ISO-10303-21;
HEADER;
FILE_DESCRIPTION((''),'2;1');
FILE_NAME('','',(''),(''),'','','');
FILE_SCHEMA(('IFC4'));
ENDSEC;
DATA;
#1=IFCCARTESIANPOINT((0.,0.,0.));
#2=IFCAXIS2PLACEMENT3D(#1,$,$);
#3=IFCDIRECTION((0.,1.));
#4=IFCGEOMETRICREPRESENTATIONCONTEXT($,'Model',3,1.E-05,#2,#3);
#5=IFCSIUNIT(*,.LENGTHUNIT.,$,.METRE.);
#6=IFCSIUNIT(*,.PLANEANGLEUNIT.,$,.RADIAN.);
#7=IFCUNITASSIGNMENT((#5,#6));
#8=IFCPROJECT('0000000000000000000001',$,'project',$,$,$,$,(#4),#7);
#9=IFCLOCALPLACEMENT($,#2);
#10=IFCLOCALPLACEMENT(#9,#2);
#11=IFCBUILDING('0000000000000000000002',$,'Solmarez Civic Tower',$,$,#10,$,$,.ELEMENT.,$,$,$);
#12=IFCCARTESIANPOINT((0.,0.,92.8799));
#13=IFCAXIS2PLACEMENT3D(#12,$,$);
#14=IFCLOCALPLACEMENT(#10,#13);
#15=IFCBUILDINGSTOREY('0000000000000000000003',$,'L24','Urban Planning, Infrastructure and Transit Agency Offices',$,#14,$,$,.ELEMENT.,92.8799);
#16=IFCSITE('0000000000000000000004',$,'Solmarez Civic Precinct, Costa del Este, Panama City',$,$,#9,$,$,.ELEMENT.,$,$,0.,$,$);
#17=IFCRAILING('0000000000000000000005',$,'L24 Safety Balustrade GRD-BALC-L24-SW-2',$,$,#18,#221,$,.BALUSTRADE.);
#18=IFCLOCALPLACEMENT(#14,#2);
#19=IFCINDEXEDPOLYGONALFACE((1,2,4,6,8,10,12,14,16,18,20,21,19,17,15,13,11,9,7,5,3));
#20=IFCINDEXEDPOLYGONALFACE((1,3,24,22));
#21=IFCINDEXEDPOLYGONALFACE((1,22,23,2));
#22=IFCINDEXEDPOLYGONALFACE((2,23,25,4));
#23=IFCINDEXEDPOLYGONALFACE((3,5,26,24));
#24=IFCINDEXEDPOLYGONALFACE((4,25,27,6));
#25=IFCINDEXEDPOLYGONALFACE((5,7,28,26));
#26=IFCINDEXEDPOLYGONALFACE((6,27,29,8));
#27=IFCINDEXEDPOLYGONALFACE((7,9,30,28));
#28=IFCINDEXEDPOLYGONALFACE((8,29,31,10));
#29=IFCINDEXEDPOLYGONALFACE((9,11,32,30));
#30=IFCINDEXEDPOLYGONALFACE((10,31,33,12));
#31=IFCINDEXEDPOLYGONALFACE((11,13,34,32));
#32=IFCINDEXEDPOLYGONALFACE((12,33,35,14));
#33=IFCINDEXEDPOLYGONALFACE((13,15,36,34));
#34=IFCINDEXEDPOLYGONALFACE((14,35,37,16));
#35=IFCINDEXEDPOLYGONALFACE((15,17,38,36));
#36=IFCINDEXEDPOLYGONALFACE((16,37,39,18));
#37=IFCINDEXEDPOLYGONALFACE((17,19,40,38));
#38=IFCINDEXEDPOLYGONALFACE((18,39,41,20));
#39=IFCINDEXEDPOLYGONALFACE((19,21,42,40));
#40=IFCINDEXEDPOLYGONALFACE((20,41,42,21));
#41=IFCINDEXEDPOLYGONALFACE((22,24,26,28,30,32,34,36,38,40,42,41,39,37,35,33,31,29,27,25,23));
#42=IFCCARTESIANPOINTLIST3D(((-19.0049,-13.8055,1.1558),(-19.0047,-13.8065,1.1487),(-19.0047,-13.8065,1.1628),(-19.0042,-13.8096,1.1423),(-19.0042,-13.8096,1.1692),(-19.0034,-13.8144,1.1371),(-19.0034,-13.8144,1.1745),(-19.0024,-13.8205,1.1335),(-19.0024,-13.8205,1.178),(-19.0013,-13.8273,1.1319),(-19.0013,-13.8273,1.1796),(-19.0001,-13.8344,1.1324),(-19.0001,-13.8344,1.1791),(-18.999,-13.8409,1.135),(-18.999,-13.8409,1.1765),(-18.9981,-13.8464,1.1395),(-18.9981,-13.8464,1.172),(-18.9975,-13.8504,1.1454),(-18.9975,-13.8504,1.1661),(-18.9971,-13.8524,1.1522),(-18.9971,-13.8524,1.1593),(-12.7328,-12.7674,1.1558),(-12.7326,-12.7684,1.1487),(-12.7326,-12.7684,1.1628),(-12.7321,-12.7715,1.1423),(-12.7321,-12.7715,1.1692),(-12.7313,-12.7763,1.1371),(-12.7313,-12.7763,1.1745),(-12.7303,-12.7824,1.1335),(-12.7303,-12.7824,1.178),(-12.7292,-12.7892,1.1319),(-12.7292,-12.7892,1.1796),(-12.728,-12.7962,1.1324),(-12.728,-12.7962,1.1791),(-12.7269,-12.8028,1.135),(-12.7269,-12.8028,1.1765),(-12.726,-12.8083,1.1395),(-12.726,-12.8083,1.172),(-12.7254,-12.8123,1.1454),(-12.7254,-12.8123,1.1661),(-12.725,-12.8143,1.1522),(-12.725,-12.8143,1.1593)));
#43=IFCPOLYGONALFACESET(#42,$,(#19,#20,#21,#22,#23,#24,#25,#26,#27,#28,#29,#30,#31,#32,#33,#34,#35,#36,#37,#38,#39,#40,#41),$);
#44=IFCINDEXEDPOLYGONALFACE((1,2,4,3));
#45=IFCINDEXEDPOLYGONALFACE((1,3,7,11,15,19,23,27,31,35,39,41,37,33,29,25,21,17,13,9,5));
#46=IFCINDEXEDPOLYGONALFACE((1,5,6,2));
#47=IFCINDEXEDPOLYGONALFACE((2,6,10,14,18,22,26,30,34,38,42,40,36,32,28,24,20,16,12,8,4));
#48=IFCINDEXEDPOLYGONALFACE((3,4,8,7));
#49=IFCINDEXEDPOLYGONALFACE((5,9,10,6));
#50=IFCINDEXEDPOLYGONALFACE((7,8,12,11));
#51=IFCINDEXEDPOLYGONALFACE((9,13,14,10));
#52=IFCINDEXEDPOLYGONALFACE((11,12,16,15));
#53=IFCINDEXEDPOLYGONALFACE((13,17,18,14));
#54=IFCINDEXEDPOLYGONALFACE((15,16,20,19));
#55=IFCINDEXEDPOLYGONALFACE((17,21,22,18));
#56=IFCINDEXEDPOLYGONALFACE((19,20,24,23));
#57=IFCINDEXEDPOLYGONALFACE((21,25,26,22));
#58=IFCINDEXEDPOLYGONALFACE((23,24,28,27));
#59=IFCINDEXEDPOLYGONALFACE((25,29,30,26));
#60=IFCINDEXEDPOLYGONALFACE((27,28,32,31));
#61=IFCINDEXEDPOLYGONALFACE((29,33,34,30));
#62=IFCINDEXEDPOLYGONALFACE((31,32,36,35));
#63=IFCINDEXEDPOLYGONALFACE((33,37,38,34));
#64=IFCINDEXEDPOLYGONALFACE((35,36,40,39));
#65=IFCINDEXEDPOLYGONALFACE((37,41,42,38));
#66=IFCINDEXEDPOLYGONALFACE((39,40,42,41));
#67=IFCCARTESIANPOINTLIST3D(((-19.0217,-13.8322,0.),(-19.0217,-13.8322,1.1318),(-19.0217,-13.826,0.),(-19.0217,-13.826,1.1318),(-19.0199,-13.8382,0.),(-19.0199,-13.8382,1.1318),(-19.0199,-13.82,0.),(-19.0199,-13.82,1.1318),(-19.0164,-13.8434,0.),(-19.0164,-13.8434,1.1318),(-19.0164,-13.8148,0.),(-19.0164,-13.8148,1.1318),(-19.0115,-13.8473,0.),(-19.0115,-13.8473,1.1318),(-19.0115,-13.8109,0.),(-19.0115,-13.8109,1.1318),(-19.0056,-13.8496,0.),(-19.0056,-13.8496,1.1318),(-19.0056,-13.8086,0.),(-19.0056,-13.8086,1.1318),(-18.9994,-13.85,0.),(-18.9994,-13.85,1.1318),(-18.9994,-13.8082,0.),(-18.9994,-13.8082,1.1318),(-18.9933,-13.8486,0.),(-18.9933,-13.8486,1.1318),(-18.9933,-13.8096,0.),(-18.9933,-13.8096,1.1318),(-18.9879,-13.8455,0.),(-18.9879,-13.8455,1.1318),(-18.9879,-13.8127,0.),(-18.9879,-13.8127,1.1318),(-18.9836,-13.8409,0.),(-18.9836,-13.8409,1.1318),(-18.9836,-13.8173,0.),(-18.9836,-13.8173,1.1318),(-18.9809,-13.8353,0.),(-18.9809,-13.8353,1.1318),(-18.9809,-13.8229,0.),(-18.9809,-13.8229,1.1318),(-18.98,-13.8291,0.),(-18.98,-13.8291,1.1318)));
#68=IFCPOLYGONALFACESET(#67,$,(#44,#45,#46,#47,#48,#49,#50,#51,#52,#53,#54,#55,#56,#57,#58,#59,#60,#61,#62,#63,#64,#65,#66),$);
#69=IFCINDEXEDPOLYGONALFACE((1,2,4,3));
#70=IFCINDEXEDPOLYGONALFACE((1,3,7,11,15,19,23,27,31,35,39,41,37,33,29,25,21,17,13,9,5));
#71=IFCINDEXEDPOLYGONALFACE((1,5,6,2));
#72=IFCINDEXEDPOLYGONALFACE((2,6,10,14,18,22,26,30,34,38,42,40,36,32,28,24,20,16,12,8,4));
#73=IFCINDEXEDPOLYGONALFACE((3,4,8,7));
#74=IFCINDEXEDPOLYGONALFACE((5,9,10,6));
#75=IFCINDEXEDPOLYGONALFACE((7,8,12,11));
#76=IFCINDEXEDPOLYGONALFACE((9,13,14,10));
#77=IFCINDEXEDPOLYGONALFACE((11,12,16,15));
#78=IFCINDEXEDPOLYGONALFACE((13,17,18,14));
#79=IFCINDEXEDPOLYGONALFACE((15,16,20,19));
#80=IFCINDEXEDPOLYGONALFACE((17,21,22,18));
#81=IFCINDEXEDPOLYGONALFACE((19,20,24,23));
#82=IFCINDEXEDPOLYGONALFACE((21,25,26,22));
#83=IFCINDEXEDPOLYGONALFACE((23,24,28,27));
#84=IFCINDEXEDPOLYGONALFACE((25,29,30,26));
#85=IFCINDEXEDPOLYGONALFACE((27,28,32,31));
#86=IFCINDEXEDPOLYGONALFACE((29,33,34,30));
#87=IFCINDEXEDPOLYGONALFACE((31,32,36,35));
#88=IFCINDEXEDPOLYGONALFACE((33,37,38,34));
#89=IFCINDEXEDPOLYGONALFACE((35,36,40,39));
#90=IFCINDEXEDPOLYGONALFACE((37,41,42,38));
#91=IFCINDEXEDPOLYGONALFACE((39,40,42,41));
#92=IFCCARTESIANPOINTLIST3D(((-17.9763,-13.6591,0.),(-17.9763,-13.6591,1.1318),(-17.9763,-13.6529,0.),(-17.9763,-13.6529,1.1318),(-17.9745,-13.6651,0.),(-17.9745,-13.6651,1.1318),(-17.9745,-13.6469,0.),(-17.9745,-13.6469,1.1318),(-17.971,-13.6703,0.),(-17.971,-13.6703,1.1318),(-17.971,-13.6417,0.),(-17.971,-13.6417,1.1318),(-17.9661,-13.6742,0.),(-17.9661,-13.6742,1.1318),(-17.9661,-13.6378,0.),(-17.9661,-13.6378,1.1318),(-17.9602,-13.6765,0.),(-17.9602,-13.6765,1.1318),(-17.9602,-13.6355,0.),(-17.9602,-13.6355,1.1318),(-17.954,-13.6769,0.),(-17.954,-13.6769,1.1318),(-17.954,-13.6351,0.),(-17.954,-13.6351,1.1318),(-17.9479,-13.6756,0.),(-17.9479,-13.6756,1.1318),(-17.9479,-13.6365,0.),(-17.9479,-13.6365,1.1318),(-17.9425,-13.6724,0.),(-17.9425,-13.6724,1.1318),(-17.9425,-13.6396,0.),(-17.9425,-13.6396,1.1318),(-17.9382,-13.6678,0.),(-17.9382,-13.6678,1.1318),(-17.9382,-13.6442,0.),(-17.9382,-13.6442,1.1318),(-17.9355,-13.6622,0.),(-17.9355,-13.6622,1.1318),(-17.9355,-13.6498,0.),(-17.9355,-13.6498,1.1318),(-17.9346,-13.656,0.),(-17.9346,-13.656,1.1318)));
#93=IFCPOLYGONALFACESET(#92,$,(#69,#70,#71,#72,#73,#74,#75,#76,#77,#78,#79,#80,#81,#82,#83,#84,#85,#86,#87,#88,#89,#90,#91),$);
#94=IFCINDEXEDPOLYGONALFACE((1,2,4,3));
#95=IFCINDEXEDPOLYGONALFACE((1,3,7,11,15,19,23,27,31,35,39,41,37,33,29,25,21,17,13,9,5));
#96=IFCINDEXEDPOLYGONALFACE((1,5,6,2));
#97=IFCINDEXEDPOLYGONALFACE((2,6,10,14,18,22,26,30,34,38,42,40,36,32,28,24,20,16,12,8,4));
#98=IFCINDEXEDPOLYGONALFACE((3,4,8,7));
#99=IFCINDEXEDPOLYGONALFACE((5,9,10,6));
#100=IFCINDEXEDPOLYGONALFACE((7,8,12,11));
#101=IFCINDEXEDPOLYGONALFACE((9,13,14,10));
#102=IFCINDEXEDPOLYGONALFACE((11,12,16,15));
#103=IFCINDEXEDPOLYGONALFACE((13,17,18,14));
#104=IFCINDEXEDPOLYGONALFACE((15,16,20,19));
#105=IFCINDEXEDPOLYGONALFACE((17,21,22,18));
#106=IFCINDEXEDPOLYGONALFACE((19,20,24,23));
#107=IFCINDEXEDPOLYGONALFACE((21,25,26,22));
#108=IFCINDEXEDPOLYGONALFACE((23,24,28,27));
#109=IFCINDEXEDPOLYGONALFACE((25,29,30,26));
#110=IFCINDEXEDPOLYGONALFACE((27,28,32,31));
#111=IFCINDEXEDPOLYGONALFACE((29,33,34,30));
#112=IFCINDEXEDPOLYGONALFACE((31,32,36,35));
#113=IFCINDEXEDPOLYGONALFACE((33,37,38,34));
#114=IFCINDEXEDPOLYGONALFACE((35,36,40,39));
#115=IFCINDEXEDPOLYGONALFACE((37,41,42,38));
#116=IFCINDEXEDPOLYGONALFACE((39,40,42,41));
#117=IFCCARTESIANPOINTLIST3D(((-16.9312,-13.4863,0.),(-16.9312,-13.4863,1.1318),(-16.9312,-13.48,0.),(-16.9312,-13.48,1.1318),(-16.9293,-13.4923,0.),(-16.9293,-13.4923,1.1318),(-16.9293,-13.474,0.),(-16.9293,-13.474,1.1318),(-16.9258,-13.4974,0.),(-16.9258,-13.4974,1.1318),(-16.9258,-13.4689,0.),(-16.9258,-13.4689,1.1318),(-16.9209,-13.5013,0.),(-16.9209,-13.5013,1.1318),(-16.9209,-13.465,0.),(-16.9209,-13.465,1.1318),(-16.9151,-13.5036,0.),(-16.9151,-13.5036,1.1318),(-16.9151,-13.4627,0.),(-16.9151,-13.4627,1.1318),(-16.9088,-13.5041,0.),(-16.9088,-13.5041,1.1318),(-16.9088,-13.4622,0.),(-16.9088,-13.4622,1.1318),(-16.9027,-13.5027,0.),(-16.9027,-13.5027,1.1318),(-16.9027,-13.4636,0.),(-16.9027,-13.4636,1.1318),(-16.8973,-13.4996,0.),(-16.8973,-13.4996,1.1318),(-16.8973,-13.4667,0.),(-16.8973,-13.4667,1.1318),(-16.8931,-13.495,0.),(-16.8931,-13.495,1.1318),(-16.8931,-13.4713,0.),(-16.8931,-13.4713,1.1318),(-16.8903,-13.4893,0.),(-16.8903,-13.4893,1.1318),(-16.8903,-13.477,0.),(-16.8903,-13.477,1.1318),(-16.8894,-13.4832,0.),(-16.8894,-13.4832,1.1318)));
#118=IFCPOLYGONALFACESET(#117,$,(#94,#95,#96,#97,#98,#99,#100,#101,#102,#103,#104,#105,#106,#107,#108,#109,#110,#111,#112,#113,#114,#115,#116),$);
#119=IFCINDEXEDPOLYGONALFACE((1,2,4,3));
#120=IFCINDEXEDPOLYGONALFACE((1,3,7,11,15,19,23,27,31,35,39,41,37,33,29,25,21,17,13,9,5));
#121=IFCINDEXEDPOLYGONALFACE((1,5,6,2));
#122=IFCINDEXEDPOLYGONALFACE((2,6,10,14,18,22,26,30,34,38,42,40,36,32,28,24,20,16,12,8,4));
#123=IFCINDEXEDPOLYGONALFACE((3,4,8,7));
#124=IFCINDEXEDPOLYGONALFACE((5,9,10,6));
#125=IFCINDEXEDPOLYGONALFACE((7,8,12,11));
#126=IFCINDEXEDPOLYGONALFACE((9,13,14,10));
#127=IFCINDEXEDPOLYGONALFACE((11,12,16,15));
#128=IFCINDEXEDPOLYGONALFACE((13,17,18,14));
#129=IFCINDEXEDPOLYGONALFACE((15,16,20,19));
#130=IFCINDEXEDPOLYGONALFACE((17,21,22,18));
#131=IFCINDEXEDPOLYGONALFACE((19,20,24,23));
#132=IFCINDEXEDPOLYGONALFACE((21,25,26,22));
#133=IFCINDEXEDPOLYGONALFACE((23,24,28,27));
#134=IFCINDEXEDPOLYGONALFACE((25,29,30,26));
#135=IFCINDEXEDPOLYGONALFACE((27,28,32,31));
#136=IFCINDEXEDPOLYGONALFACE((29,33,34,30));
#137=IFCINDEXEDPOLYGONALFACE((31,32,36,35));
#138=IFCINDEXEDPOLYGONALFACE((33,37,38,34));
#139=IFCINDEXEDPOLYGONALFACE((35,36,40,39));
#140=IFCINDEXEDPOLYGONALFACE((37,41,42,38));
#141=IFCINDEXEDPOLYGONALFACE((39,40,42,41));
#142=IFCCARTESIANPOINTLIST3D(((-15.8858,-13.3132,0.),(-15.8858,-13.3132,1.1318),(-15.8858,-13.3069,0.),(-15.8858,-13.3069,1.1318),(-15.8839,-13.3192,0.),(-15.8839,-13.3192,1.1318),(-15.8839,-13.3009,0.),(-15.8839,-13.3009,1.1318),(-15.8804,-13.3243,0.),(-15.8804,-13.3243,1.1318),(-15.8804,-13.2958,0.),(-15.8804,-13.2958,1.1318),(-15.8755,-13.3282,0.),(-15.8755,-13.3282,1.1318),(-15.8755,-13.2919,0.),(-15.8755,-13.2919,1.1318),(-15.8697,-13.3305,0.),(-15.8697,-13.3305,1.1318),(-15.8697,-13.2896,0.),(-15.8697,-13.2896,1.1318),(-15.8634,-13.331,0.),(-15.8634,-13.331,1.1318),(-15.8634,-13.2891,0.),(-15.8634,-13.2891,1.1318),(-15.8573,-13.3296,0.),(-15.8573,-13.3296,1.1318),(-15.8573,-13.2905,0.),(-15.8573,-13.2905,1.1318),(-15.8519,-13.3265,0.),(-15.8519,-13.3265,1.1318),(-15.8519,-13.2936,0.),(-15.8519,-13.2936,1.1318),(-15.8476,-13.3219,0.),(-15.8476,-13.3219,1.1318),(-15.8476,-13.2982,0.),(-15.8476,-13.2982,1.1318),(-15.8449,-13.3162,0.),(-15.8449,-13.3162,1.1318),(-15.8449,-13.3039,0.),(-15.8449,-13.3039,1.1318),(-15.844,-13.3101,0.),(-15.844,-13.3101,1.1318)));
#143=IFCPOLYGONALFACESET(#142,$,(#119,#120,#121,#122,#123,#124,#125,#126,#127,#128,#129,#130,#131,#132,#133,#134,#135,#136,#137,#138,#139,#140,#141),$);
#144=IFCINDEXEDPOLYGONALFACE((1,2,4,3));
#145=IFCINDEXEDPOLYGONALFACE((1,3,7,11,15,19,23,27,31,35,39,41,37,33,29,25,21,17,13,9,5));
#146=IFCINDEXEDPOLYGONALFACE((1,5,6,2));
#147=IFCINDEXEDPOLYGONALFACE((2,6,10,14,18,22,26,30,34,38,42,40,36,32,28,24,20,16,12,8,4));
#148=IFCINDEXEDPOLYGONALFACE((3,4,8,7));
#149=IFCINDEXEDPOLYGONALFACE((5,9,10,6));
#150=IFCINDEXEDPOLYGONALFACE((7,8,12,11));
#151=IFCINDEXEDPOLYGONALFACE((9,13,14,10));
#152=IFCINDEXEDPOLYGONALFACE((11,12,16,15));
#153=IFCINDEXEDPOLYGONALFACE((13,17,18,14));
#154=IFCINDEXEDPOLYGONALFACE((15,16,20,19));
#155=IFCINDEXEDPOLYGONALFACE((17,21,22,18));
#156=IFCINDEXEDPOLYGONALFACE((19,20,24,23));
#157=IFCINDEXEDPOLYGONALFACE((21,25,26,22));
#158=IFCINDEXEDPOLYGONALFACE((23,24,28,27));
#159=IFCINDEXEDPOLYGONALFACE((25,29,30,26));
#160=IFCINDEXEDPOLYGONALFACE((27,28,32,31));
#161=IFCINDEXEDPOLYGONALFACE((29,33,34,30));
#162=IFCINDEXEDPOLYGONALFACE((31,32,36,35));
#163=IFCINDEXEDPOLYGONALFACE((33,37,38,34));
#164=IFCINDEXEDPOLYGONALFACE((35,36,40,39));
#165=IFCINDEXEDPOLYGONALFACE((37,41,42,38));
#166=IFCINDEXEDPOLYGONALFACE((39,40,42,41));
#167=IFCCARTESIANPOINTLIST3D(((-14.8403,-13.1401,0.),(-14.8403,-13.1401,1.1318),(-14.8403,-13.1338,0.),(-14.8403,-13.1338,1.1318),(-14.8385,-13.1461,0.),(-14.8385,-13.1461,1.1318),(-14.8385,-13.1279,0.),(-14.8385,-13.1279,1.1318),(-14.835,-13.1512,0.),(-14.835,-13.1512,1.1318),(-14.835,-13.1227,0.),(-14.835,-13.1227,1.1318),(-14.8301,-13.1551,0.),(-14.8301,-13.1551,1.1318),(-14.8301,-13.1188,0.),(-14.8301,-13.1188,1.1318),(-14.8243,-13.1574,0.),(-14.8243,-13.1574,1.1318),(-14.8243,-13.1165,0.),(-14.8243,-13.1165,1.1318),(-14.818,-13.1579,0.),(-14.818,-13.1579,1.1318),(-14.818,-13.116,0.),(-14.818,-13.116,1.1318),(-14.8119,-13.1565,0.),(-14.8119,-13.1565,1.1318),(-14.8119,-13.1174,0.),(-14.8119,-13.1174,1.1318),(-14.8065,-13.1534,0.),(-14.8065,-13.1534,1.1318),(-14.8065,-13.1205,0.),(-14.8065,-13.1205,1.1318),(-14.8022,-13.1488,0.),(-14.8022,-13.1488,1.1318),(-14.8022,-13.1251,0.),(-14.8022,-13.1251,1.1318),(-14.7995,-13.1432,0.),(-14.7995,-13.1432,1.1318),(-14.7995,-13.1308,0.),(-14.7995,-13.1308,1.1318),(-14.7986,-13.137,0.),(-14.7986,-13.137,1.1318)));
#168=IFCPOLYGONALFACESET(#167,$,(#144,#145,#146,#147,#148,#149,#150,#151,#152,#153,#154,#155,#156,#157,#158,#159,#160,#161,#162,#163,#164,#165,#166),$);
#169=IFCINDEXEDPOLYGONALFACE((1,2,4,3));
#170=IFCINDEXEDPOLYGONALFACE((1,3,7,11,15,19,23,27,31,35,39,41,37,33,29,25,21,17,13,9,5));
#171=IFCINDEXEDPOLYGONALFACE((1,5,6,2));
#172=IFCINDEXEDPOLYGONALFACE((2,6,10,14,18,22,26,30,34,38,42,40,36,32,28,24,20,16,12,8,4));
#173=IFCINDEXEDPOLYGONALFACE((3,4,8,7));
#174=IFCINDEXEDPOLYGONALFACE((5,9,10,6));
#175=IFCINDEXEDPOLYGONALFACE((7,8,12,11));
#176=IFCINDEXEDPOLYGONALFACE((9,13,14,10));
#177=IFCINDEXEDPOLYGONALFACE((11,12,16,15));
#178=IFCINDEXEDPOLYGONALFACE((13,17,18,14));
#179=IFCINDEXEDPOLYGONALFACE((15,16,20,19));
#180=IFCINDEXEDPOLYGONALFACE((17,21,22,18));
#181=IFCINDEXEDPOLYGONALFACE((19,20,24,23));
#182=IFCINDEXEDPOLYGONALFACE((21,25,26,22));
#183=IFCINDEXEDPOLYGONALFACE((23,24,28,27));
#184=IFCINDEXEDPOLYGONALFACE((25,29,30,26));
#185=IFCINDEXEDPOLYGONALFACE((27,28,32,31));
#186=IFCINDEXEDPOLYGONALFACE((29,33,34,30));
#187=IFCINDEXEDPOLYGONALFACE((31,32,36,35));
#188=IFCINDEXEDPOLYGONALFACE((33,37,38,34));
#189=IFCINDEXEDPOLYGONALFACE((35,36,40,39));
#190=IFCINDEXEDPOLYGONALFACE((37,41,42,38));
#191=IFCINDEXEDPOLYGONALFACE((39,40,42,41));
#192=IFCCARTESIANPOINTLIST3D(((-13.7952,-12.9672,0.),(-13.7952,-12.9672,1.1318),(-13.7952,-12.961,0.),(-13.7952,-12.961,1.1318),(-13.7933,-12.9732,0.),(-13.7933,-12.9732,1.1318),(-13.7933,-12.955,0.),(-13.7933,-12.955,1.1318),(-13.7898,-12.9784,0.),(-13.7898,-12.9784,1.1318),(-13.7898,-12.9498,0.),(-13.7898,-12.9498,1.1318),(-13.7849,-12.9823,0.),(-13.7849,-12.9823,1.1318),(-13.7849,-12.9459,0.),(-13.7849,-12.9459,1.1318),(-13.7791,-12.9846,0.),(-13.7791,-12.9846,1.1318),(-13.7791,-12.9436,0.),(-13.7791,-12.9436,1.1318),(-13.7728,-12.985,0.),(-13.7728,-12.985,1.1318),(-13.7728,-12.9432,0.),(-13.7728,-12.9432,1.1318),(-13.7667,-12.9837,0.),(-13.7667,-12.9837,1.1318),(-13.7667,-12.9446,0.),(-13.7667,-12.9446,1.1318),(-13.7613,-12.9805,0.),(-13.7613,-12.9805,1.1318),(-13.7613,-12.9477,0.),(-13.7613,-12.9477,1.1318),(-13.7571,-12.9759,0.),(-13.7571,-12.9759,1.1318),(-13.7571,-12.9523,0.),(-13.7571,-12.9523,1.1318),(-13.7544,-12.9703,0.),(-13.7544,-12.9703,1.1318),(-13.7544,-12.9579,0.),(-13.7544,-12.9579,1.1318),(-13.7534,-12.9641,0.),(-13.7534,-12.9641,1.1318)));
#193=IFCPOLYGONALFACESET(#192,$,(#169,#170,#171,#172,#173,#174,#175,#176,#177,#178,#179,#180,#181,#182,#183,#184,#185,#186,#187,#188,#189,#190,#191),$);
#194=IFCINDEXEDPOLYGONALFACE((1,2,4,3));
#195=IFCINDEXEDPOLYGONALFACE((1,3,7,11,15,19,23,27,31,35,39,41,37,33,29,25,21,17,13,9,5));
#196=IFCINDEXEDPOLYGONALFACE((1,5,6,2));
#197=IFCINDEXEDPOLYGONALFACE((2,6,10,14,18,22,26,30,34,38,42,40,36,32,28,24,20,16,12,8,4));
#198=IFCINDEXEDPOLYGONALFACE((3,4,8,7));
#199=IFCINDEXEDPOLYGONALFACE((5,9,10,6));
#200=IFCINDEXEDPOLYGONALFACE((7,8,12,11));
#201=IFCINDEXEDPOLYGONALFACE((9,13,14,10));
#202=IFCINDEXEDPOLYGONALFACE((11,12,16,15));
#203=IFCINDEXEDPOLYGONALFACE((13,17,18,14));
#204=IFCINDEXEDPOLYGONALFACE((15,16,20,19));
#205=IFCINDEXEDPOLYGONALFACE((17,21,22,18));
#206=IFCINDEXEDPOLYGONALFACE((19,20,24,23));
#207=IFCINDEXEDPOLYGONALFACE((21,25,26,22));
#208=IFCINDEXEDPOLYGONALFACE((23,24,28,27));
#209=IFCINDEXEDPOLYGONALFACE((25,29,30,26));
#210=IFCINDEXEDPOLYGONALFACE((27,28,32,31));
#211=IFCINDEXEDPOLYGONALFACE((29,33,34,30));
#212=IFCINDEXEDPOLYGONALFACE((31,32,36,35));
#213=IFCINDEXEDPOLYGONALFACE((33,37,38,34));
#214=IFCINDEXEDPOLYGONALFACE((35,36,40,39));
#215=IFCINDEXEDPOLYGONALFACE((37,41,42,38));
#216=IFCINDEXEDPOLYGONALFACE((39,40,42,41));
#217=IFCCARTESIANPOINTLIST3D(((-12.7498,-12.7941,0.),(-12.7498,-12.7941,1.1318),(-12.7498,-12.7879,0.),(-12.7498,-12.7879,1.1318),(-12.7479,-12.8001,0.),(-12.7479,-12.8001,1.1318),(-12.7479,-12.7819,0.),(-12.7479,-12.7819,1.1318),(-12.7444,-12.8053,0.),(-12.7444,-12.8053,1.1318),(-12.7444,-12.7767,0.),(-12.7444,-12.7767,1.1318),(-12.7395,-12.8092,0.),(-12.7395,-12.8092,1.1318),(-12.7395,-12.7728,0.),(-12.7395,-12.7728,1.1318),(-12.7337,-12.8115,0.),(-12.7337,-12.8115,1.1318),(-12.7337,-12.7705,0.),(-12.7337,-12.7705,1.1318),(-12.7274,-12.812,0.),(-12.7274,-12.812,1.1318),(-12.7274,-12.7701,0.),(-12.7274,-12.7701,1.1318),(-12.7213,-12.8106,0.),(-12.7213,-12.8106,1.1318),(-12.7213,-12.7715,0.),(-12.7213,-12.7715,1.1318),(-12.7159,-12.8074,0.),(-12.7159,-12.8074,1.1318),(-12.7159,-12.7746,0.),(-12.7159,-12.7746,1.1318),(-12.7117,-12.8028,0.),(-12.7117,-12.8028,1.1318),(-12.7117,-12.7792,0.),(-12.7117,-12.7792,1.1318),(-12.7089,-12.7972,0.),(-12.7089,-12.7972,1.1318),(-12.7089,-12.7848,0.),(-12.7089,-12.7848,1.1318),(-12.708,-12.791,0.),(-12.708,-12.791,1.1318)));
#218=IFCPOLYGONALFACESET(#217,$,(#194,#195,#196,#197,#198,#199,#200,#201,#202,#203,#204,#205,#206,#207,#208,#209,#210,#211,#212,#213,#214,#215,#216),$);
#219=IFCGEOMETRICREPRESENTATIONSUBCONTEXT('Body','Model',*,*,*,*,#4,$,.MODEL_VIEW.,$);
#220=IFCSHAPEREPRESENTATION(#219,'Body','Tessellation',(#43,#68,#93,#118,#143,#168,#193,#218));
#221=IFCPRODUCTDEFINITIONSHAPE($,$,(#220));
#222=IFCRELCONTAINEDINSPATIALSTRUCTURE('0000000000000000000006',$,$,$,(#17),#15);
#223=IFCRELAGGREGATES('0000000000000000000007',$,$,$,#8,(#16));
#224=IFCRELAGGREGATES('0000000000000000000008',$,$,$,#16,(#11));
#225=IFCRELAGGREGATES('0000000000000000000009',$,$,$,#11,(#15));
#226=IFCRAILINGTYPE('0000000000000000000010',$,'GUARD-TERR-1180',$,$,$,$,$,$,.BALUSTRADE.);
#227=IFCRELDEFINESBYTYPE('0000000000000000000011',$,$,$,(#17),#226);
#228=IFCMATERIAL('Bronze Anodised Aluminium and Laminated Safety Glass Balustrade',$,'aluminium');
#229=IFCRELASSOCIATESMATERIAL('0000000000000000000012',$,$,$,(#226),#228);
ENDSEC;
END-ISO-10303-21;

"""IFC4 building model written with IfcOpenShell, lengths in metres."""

from ifc_helpers import new_model, si_unit, direction, frame, origin, origin_2d, place, context, subcontext, project, spatial, circle, extrude, material, type_object, element, save


model = new_model("IFC4")

# Units and contexts
model_context = context("Model", 3, precision=1e-05, world=origin(), true_north=direction((0.0, 1.0)))
body_context = subcontext(model_context, "Body", "Model", "MODEL_VIEW")
ifc_project = project(units=[si_unit("LENGTHUNIT", "METRE"), si_unit("PLANEANGLEUNIT", "RADIAN")], contexts=[model_context])

# Site, building, storey
site_placement = place(None, origin())
site = spatial("IfcSite", under=ifc_project, at=site_placement, Name="Solmarez Civic Precinct, Costa del Este, Panama City", CompositionType="ELEMENT", RefElevation=0.0)
building_placement = place(site_placement, origin())
building = spatial("IfcBuilding", under=site, at=building_placement, Name="Solmarez Civic Tower", CompositionType="ELEMENT")
storey_placement = place(building_placement, frame((0.0, 0.0, 92.8799)))
storey = spatial("IfcBuildingStorey", under=building, at=storey_placement, Name="L24", Description="Urban Planning, Infrastructure and Transit Agency Offices", CompositionType="ELEMENT", Elevation=92.8799)

# Railing
ifc_material_1 = material(Name="Bronze Anodised Aluminium and Laminated Safety Glass Balustrade", Category="aluminium")
railing_type = type_object("IfcRailingType", Name="GUARD-TERR-1180", PredefinedType="BALUSTRADE", material=ifc_material_1)
railing_1_placement = place(storey_placement, frame((-19.001, -13.8291, 0.0)))
element("IfcRailing", 1, at=railing_1_placement, inside=storey, type_object=railing_type, Name="L24 Safety Balustrade GRD-BALC-L24-SW-2", PredefinedType="BALUSTRADE", context=body_context, shape_type="SweptSolid", body=[
    extrude(circle(Radius=0.0239, at=origin_2d()), frame((0.0, 0.0, 1.1558), z_axis=(0.986578, 0.16329, 0.0), x_axis=(-0.16329, 0.986578, 0.0)), (0.0, 0.0, 1.0), 6.3574),
    extrude(circle(Radius=0.021, at=origin_2d()), origin(), (0.0, 0.0, 1.0), 1.1318),
    extrude(circle(Radius=0.021, at=origin_2d()), frame((1.0454, 0.1731, 0.0)), (0.0, 0.0, 1.0), 1.1318),
    extrude(circle(Radius=0.021, at=origin_2d()), frame((2.0906, 0.3459, 0.0)), (0.0, 0.0, 1.0), 1.1318),
    extrude(circle(Radius=0.021, at=origin_2d()), frame((3.136, 0.519, 0.0)), (0.0, 0.0, 1.0), 1.1318),
    extrude(circle(Radius=0.021, at=origin_2d()), frame((4.1814, 0.6921, 0.0)), (0.0, 0.0, 1.0), 1.1318),
    extrude(circle(Radius=0.021, at=origin_2d()), frame((5.2266, 0.865, 0.0)), (0.0, 0.0, 1.0), 1.1318),
    extrude(circle(Radius=0.021, at=origin_2d()), frame((6.272, 1.0381, 0.0)), (0.0, 0.0, 1.0), 1.1318),
])

save(model, "model.ifc")
